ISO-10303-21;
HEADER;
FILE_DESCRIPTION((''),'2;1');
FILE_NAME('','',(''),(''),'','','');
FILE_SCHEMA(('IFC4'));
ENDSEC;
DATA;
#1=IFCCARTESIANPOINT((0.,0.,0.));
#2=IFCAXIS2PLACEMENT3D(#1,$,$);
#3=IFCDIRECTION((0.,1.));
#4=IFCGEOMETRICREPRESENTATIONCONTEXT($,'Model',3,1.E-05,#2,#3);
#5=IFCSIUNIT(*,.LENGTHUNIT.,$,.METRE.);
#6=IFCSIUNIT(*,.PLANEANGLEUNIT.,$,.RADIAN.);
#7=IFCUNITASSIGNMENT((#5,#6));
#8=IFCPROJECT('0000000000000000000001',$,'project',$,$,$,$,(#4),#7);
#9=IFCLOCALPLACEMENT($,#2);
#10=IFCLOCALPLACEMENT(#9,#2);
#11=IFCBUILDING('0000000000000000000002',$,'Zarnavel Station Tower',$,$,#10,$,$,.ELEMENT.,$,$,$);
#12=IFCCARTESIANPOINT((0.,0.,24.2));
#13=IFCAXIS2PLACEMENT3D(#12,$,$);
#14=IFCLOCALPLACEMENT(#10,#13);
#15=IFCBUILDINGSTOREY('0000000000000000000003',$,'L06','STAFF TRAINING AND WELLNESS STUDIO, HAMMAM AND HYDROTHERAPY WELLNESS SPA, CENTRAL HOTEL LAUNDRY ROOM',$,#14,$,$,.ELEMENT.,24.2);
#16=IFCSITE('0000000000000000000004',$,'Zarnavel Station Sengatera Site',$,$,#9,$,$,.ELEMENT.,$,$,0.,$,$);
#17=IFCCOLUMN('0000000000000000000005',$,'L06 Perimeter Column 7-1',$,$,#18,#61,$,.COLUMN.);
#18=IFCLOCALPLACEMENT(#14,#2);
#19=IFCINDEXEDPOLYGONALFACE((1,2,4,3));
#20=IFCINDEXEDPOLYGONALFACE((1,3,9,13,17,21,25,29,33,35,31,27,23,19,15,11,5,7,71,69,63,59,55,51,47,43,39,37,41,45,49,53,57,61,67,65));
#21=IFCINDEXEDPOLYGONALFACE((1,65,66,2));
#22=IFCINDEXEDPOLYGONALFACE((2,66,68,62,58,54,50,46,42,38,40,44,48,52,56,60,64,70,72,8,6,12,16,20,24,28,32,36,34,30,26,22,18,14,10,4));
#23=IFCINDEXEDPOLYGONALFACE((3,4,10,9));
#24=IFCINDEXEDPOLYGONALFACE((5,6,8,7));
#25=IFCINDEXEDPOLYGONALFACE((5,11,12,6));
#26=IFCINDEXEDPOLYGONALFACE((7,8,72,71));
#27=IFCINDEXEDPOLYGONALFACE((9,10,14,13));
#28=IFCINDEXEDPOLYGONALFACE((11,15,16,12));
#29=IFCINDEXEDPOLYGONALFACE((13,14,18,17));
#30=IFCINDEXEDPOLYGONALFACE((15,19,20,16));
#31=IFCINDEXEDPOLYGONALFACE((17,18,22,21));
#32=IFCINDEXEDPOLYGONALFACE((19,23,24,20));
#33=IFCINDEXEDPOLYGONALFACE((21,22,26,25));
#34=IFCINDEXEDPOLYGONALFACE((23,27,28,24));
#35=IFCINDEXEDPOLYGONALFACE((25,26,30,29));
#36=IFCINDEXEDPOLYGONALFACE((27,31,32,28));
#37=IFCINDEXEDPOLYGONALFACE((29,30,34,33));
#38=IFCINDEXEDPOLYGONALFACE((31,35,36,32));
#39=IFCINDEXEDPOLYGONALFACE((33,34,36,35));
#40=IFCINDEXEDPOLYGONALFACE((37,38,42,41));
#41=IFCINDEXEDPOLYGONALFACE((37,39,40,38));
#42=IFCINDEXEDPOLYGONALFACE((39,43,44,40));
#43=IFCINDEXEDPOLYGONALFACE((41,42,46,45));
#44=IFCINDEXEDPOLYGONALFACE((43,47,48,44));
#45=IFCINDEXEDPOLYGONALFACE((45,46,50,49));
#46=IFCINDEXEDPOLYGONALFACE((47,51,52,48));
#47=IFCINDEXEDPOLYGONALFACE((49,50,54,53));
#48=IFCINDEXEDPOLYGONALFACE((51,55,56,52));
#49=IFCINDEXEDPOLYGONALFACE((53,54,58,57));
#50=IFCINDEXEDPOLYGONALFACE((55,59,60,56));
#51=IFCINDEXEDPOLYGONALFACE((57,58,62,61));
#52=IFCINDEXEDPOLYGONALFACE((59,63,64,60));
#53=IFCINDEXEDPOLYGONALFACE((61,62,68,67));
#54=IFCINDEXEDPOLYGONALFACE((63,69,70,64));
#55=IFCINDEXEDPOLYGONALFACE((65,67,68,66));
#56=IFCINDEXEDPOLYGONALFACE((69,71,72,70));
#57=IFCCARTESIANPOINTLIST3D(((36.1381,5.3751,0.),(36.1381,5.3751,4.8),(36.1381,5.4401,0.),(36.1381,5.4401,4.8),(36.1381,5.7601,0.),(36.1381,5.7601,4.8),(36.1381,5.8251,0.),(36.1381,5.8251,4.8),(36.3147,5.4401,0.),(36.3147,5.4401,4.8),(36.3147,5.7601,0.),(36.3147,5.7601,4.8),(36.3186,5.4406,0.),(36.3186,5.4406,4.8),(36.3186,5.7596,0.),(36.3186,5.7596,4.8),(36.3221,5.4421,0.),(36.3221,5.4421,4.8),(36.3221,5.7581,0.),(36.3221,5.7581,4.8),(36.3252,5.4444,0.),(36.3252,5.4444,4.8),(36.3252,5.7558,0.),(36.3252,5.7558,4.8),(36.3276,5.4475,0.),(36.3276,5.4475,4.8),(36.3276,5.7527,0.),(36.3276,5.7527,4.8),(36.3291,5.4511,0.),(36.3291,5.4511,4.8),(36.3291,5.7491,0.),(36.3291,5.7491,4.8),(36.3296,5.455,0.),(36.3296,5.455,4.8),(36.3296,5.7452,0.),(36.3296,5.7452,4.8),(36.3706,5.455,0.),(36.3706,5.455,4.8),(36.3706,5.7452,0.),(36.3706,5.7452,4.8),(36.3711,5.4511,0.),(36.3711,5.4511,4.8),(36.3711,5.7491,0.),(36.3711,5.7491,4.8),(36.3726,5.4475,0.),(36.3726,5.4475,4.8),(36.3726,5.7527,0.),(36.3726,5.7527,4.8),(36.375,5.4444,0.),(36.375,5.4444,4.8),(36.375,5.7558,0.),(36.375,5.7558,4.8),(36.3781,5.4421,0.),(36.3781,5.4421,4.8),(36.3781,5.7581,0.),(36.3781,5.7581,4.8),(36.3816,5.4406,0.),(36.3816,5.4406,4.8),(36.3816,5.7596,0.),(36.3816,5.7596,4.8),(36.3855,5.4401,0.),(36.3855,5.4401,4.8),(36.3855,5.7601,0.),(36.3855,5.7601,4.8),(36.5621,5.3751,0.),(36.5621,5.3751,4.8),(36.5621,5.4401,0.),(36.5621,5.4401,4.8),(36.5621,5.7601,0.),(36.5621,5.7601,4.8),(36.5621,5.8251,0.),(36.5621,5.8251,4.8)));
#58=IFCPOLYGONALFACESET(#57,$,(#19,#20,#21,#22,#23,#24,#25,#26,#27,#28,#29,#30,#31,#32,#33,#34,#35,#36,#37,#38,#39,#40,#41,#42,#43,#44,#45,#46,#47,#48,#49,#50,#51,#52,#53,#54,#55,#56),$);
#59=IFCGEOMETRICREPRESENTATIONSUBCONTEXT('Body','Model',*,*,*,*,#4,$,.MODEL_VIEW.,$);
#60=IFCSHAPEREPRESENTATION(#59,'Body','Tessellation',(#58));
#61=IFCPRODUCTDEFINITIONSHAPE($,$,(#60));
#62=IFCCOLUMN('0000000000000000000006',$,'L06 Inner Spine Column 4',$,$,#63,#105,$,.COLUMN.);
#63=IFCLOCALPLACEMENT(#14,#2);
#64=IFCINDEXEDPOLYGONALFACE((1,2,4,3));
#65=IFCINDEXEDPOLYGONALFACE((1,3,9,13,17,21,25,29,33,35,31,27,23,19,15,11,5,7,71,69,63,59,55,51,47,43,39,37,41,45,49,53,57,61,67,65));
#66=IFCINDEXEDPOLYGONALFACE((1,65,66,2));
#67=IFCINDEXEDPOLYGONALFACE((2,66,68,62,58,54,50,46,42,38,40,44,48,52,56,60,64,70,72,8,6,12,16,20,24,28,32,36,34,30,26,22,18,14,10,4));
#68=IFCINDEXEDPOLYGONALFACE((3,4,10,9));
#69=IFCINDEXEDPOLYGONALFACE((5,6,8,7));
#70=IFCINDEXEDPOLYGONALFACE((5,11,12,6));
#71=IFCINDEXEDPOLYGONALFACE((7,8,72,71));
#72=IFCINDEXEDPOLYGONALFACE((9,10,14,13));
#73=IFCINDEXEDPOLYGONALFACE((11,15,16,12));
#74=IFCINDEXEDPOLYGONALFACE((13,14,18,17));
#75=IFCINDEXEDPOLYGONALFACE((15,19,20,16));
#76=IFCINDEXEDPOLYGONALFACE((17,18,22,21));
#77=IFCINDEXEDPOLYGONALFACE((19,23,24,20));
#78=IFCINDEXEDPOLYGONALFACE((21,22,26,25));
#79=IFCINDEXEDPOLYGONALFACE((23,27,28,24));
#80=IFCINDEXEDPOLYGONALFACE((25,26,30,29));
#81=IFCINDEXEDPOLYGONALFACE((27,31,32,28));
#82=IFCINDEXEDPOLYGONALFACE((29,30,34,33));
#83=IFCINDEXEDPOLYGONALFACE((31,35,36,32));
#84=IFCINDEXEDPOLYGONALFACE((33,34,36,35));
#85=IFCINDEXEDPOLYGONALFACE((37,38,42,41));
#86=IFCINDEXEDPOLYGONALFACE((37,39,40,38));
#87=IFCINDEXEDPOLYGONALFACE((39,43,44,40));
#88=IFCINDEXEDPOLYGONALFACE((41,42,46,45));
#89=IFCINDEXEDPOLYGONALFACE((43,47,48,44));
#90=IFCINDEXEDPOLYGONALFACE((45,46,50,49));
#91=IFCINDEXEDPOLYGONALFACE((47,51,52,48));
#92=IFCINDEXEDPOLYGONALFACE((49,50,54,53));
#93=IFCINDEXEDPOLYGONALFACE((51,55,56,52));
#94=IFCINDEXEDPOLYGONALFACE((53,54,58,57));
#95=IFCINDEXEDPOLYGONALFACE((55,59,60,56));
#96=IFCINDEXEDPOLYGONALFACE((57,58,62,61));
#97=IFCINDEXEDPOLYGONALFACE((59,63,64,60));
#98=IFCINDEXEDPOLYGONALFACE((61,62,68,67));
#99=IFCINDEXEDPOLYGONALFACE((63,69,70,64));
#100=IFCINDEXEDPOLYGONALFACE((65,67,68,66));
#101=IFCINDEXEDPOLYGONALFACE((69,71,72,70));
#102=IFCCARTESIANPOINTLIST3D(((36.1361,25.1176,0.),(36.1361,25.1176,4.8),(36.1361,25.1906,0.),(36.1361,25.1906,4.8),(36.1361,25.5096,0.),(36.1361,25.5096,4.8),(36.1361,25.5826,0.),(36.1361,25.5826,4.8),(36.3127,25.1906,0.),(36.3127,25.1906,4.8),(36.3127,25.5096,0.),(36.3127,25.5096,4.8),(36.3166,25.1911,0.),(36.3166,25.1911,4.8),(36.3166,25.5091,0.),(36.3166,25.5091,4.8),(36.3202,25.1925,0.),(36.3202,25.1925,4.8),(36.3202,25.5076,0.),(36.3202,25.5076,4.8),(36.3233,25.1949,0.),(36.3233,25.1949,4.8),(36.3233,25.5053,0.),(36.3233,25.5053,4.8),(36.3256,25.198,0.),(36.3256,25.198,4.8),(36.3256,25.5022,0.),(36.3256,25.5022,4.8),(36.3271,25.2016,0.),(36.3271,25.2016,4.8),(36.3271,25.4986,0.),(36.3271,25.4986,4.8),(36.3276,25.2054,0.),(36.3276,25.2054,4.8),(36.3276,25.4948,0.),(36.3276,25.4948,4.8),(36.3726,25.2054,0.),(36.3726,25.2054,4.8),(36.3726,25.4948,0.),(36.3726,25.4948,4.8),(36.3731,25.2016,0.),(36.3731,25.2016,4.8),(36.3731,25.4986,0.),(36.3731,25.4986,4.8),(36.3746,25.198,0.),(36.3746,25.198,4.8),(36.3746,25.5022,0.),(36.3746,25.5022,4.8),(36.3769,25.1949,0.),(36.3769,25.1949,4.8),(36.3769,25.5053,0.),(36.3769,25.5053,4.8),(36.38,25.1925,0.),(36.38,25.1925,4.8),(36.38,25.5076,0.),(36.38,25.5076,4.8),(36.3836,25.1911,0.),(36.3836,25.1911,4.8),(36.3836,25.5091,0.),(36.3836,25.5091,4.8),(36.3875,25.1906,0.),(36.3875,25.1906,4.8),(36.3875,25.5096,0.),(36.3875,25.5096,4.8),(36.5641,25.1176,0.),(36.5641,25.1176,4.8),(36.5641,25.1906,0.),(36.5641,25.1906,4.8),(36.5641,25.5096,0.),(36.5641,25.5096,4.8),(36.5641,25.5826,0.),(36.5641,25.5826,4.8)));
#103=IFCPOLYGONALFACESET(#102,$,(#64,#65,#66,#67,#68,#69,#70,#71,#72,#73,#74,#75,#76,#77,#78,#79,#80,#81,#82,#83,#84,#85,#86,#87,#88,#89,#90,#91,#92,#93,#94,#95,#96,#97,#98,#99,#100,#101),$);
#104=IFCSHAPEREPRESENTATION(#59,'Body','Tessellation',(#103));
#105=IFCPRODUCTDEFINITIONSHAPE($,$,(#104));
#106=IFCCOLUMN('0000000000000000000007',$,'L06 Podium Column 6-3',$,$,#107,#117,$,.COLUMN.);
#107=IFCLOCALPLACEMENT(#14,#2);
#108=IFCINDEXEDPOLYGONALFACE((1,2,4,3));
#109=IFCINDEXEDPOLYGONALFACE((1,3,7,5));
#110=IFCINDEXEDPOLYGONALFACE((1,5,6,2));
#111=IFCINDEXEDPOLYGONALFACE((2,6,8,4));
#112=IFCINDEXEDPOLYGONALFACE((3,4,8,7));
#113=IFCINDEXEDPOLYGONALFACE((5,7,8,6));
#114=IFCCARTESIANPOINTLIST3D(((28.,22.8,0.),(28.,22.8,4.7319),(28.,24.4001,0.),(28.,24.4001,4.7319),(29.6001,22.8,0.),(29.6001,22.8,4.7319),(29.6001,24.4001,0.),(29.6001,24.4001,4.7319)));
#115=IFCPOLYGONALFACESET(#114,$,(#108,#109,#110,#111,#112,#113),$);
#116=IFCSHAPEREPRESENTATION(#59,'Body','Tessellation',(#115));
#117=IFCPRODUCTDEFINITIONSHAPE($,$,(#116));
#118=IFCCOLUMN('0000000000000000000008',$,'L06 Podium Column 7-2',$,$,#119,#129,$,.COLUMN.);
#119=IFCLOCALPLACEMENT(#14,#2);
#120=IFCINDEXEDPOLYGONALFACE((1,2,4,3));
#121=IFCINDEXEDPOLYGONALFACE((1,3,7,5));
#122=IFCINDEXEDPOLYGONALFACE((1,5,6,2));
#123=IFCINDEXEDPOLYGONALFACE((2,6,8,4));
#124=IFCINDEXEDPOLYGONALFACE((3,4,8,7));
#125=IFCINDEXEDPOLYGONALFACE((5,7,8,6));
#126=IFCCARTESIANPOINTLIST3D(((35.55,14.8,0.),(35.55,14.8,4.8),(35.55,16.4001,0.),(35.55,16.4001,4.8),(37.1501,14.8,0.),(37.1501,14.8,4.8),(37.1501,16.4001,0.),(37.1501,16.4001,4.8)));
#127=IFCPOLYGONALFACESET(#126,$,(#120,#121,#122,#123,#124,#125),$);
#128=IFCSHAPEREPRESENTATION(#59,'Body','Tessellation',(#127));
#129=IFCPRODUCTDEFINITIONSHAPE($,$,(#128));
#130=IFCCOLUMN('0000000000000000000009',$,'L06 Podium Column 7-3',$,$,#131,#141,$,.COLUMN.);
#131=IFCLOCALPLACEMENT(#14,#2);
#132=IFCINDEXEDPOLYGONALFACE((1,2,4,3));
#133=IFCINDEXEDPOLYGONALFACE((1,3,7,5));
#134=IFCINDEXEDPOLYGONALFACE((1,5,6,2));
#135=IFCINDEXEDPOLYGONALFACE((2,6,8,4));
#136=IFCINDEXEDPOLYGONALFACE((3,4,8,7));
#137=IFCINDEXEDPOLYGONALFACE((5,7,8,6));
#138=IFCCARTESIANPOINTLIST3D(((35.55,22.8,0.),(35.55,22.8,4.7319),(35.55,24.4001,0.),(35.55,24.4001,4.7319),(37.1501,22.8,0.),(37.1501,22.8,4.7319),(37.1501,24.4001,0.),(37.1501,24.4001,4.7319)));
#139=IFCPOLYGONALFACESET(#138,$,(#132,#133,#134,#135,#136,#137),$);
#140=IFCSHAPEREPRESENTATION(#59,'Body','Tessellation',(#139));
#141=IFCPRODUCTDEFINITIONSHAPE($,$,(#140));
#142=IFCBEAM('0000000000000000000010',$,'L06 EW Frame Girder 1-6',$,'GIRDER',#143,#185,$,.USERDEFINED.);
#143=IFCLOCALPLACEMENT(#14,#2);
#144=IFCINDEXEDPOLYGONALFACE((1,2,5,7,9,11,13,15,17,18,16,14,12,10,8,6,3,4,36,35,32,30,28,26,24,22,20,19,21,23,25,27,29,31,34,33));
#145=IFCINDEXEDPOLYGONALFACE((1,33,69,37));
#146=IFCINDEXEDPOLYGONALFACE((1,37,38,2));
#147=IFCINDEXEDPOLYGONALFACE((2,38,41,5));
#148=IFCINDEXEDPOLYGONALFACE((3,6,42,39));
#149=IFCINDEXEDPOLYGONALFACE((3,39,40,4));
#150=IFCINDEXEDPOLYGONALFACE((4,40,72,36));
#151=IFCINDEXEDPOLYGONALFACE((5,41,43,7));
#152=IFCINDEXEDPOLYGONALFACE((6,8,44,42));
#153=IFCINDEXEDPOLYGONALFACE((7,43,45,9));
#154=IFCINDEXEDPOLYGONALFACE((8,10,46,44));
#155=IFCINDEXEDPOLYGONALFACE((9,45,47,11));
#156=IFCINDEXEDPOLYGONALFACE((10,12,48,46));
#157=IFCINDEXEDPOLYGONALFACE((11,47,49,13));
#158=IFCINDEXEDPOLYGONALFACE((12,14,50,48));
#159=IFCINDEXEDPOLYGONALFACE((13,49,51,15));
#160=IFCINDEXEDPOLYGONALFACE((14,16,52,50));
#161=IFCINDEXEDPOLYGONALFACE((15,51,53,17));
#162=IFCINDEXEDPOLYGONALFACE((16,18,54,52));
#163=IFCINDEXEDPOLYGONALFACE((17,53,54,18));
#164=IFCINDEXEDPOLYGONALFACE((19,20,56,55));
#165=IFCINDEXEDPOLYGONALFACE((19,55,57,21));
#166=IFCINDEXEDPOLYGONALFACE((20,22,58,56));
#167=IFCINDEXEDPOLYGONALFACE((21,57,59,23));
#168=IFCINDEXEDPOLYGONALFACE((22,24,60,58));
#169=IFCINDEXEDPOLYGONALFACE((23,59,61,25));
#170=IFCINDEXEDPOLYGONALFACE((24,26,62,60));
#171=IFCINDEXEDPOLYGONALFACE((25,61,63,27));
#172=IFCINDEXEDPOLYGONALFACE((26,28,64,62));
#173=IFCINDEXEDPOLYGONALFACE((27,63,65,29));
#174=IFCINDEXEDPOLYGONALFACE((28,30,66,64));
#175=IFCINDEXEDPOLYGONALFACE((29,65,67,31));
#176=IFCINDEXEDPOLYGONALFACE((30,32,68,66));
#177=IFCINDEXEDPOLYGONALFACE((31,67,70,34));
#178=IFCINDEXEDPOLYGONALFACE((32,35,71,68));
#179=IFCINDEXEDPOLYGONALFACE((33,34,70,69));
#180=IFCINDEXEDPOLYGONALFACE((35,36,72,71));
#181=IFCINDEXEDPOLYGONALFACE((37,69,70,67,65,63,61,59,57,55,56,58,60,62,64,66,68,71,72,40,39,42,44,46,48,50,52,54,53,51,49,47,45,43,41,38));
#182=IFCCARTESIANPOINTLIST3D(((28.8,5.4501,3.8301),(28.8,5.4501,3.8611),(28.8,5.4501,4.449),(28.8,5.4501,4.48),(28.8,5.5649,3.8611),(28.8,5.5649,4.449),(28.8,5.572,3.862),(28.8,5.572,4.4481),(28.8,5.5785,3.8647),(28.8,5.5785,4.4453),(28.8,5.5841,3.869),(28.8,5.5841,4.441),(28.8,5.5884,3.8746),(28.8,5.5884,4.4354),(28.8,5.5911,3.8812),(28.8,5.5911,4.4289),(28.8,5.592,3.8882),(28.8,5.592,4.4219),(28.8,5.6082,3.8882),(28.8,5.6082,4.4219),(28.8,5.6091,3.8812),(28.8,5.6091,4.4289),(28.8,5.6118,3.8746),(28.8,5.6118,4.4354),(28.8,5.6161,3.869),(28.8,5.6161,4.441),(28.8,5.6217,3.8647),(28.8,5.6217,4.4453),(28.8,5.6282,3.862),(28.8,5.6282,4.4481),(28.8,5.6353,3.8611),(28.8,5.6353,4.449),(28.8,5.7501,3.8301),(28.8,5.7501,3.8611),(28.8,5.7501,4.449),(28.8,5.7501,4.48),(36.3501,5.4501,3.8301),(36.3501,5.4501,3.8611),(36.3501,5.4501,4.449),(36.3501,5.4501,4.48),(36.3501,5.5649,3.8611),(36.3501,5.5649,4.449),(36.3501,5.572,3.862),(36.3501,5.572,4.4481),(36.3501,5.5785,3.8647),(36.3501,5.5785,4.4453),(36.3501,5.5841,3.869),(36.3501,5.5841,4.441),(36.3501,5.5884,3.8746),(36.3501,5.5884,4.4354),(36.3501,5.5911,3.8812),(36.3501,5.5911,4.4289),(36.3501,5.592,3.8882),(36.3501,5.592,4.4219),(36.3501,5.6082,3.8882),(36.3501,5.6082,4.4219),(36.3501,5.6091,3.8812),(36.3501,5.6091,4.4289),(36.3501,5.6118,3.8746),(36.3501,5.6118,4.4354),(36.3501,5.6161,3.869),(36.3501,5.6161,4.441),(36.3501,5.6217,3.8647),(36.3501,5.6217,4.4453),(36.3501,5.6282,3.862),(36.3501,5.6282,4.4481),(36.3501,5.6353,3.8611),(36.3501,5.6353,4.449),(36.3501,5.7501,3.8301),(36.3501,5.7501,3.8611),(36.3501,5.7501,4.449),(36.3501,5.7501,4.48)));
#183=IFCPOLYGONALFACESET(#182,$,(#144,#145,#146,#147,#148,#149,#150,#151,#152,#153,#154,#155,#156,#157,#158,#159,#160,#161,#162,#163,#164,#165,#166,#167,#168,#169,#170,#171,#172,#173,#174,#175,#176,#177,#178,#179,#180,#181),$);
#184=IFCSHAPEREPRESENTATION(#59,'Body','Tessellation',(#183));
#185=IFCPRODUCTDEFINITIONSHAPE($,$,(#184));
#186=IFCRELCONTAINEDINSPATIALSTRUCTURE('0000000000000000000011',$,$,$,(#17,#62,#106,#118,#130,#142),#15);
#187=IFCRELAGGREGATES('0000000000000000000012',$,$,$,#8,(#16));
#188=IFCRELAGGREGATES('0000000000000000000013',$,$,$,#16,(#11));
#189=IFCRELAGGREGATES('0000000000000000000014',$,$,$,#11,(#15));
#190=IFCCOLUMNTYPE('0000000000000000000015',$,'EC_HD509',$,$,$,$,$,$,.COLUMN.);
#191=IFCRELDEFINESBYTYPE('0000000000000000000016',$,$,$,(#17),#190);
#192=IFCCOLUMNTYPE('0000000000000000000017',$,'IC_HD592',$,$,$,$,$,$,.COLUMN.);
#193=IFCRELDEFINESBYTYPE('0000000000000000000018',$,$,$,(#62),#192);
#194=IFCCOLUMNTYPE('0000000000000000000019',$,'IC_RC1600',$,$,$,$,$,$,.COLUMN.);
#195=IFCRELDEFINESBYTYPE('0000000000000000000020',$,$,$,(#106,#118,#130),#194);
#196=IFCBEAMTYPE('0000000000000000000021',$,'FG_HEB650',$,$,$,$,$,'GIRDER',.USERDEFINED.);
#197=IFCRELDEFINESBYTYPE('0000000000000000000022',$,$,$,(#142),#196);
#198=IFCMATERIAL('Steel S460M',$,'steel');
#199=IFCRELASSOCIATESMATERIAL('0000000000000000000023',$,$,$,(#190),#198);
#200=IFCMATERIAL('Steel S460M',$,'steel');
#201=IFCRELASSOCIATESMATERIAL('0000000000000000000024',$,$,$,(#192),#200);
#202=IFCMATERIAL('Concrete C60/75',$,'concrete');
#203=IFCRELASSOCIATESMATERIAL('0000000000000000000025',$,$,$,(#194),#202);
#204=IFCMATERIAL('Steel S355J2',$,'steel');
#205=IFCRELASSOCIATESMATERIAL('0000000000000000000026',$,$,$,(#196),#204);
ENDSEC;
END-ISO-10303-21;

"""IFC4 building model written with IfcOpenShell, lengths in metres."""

from ifc_helpers import new_model, si_unit, direction, frame, origin, origin_2d, place, context, subcontext, project, spatial, rectangle, i_section, extrude, material, material_profile, profile_set, type_object, element, save


model = new_model("IFC4")

# Units and contexts
model_context = context("Model", 3, precision=1e-05, world=origin(), true_north=direction((0.0, 1.0)))
body_context = subcontext(model_context, "Body", "Model", "MODEL_VIEW")
ifc_project = project(units=[si_unit("LENGTHUNIT", "METRE"), si_unit("PLANEANGLEUNIT", "RADIAN")], contexts=[model_context])

# Site, building, storey
site_placement = place(None, origin())
site = spatial("IfcSite", under=ifc_project, at=site_placement, Name="Zarnavel Station Sengatera Site", CompositionType="ELEMENT", RefElevation=0.0)
building_placement = place(site_placement, origin())
building = spatial("IfcBuilding", under=site, at=building_placement, Name="Zarnavel Station Tower", CompositionType="ELEMENT")
storey_placement = place(building_placement, frame((0.0, 0.0, 24.2)))
storey = spatial("IfcBuildingStorey", under=building, at=storey_placement, Name="L06", Description="STAFF TRAINING AND WELLNESS STUDIO, HAMMAM AND HYDROTHERAPY WELLNESS SPA, CENTRAL HOTEL LAUNDRY ROOM", CompositionType="ELEMENT", Elevation=24.2)

# Columns
ifc_material_1 = material(Name="Steel S460M", Category="steel")
ifc_material_profile_1 = material_profile(ifc_material_1, i_section(OverallWidth=0.4241, OverallDepth=0.45, WebThickness=0.041, FlangeThickness=0.0649, FilletRadius=0.0149, at=origin_2d()), Name="HD400x509")
ifc_profile_set_1 = profile_set([ifc_material_profile_1], Name="Steel S460M")
column_type_1 = type_object("IfcColumnType", Name="EC_HD509", PredefinedType="COLUMN", material=ifc_profile_set_1)
column_1_placement = place(storey_placement, frame((36.3501, 5.6001, 0.0), z_axis=(0.0, 0.0, 1.0), x_axis=(1.0, 0.0, 0.0)))
element("IfcColumn", 1, at=column_1_placement, inside=storey, type_object=column_type_1, Name="L06 Perimeter Column 7-1", PredefinedType="COLUMN", context=body_context, shape_type="SweptSolid", body=[
    extrude(i_section(OverallWidth=0.4241, OverallDepth=0.45, WebThickness=0.041, FlangeThickness=0.0649, FilletRadius=0.0149, at=origin_2d()), origin(), (0.0, 0.0, 1.0), 4.8),
])
ifc_material_2 = material(Name="Steel S460M", Category="steel")
ifc_material_profile_2 = material_profile(ifc_material_2, i_section(OverallWidth=0.428, OverallDepth=0.4651, WebThickness=0.0449, FlangeThickness=0.073, FilletRadius=0.0149, at=origin_2d()), Name="HD400x592")
ifc_profile_set_2 = profile_set([ifc_material_profile_2], Name="Steel S460M")
column_type_2 = type_object("IfcColumnType", Name="IC_HD592", PredefinedType="COLUMN", material=ifc_profile_set_2)
column_2_placement = place(storey_placement, frame((36.3501, 25.3501, 0.0), z_axis=(0.0, 0.0, 1.0), x_axis=(1.0, 0.0, 0.0)))
element("IfcColumn", 2, at=column_2_placement, inside=storey, type_object=column_type_2, Name="L06 Inner Spine Column 4", PredefinedType="COLUMN", context=body_context, shape_type="SweptSolid", body=[
    extrude(i_section(OverallWidth=0.428, OverallDepth=0.4651, WebThickness=0.0449, FlangeThickness=0.073, FilletRadius=0.0149, at=origin_2d()), origin(), (0.0, 0.0, 1.0), 4.8),
])
ifc_material_3 = material(Name="Concrete C60/75", Category="concrete")
ifc_material_profile_3 = material_profile(ifc_material_3, rectangle(XDim=1.6001, YDim=1.6001, at=origin_2d()), Name="RC1600x1600")
ifc_profile_set_3 = profile_set([ifc_material_profile_3], Name="Concrete C60/75")
column_type_3 = type_object("IfcColumnType", Name="IC_RC1600", PredefinedType="COLUMN", material=ifc_profile_set_3)
column_3_placement = place(storey_placement, frame((28.8, 23.6001, 0.0), z_axis=(0.0, 0.0, 1.0), x_axis=(1.0, 0.0, 0.0)))
element("IfcColumn", 3, at=column_3_placement, inside=storey, type_object=column_type_3, Name="L06 Podium Column 6-3", PredefinedType="COLUMN", context=body_context, shape_type="SweptSolid", body=[
    extrude(rectangle(XDim=1.6001, YDim=1.6001, at=origin_2d()), origin(), (0.0, 0.0, 1.0), 4.7319),
])
column_4_placement = place(storey_placement, frame((36.3501, 15.6001, 0.0), z_axis=(0.0, 0.0, 1.0), x_axis=(1.0, 0.0, 0.0)))
element("IfcColumn", 4, at=column_4_placement, inside=storey, type_object=column_type_3, Name="L06 Podium Column 7-2", PredefinedType="COLUMN", context=body_context, shape_type="SweptSolid", body=[
    extrude(rectangle(XDim=1.6001, YDim=1.6001, at=origin_2d()), origin(), (0.0, 0.0, 1.0), 4.8),
])
column_5_placement = place(storey_placement, frame((36.3501, 23.6001, 0.0), z_axis=(0.0, 0.0, 1.0), x_axis=(1.0, 0.0, 0.0)))
element("IfcColumn", 5, at=column_5_placement, inside=storey, type_object=column_type_3, Name="L06 Podium Column 7-3", PredefinedType="COLUMN", context=body_context, shape_type="SweptSolid", body=[
    extrude(rectangle(XDim=1.6001, YDim=1.6001, at=origin_2d()), origin(), (0.0, 0.0, 1.0), 4.7319),
])

# Beam
ifc_material_4 = material(Name="Steel S355J2", Category="steel")
ifc_material_profile_4 = material_profile(ifc_material_4, i_section(OverallWidth=0.3, OverallDepth=0.6499, WebThickness=0.0161, FlangeThickness=0.031, FilletRadius=0.0271, at=origin_2d()), Name="HEB650")
ifc_profile_set_4 = profile_set([ifc_material_profile_4], Name="Steel S355J2")
beam_type_1 = type_object("IfcBeamType", Name="FG_HEB650", ElementType="GIRDER", PredefinedType="USERDEFINED", material=ifc_profile_set_4)
beam_1_placement = place(storey_placement, frame((28.8, 5.6001, 4.155), z_axis=(1.0, 0.0, 0.0), x_axis=(0.0, 1.0, 0.0)))
element("IfcBeam", 6, at=beam_1_placement, inside=storey, type_object=beam_type_1, Name="L06 EW Frame Girder 1-6", ObjectType="GIRDER", PredefinedType="USERDEFINED", context=body_context, shape_type="SweptSolid", body=[
    extrude(i_section(OverallWidth=0.3, OverallDepth=0.6499, WebThickness=0.0161, FlangeThickness=0.031, FilletRadius=0.0271, at=origin_2d()), origin(), (0.0, 0.0, 1.0), 7.55),
])

save(model, "model.ifc")
